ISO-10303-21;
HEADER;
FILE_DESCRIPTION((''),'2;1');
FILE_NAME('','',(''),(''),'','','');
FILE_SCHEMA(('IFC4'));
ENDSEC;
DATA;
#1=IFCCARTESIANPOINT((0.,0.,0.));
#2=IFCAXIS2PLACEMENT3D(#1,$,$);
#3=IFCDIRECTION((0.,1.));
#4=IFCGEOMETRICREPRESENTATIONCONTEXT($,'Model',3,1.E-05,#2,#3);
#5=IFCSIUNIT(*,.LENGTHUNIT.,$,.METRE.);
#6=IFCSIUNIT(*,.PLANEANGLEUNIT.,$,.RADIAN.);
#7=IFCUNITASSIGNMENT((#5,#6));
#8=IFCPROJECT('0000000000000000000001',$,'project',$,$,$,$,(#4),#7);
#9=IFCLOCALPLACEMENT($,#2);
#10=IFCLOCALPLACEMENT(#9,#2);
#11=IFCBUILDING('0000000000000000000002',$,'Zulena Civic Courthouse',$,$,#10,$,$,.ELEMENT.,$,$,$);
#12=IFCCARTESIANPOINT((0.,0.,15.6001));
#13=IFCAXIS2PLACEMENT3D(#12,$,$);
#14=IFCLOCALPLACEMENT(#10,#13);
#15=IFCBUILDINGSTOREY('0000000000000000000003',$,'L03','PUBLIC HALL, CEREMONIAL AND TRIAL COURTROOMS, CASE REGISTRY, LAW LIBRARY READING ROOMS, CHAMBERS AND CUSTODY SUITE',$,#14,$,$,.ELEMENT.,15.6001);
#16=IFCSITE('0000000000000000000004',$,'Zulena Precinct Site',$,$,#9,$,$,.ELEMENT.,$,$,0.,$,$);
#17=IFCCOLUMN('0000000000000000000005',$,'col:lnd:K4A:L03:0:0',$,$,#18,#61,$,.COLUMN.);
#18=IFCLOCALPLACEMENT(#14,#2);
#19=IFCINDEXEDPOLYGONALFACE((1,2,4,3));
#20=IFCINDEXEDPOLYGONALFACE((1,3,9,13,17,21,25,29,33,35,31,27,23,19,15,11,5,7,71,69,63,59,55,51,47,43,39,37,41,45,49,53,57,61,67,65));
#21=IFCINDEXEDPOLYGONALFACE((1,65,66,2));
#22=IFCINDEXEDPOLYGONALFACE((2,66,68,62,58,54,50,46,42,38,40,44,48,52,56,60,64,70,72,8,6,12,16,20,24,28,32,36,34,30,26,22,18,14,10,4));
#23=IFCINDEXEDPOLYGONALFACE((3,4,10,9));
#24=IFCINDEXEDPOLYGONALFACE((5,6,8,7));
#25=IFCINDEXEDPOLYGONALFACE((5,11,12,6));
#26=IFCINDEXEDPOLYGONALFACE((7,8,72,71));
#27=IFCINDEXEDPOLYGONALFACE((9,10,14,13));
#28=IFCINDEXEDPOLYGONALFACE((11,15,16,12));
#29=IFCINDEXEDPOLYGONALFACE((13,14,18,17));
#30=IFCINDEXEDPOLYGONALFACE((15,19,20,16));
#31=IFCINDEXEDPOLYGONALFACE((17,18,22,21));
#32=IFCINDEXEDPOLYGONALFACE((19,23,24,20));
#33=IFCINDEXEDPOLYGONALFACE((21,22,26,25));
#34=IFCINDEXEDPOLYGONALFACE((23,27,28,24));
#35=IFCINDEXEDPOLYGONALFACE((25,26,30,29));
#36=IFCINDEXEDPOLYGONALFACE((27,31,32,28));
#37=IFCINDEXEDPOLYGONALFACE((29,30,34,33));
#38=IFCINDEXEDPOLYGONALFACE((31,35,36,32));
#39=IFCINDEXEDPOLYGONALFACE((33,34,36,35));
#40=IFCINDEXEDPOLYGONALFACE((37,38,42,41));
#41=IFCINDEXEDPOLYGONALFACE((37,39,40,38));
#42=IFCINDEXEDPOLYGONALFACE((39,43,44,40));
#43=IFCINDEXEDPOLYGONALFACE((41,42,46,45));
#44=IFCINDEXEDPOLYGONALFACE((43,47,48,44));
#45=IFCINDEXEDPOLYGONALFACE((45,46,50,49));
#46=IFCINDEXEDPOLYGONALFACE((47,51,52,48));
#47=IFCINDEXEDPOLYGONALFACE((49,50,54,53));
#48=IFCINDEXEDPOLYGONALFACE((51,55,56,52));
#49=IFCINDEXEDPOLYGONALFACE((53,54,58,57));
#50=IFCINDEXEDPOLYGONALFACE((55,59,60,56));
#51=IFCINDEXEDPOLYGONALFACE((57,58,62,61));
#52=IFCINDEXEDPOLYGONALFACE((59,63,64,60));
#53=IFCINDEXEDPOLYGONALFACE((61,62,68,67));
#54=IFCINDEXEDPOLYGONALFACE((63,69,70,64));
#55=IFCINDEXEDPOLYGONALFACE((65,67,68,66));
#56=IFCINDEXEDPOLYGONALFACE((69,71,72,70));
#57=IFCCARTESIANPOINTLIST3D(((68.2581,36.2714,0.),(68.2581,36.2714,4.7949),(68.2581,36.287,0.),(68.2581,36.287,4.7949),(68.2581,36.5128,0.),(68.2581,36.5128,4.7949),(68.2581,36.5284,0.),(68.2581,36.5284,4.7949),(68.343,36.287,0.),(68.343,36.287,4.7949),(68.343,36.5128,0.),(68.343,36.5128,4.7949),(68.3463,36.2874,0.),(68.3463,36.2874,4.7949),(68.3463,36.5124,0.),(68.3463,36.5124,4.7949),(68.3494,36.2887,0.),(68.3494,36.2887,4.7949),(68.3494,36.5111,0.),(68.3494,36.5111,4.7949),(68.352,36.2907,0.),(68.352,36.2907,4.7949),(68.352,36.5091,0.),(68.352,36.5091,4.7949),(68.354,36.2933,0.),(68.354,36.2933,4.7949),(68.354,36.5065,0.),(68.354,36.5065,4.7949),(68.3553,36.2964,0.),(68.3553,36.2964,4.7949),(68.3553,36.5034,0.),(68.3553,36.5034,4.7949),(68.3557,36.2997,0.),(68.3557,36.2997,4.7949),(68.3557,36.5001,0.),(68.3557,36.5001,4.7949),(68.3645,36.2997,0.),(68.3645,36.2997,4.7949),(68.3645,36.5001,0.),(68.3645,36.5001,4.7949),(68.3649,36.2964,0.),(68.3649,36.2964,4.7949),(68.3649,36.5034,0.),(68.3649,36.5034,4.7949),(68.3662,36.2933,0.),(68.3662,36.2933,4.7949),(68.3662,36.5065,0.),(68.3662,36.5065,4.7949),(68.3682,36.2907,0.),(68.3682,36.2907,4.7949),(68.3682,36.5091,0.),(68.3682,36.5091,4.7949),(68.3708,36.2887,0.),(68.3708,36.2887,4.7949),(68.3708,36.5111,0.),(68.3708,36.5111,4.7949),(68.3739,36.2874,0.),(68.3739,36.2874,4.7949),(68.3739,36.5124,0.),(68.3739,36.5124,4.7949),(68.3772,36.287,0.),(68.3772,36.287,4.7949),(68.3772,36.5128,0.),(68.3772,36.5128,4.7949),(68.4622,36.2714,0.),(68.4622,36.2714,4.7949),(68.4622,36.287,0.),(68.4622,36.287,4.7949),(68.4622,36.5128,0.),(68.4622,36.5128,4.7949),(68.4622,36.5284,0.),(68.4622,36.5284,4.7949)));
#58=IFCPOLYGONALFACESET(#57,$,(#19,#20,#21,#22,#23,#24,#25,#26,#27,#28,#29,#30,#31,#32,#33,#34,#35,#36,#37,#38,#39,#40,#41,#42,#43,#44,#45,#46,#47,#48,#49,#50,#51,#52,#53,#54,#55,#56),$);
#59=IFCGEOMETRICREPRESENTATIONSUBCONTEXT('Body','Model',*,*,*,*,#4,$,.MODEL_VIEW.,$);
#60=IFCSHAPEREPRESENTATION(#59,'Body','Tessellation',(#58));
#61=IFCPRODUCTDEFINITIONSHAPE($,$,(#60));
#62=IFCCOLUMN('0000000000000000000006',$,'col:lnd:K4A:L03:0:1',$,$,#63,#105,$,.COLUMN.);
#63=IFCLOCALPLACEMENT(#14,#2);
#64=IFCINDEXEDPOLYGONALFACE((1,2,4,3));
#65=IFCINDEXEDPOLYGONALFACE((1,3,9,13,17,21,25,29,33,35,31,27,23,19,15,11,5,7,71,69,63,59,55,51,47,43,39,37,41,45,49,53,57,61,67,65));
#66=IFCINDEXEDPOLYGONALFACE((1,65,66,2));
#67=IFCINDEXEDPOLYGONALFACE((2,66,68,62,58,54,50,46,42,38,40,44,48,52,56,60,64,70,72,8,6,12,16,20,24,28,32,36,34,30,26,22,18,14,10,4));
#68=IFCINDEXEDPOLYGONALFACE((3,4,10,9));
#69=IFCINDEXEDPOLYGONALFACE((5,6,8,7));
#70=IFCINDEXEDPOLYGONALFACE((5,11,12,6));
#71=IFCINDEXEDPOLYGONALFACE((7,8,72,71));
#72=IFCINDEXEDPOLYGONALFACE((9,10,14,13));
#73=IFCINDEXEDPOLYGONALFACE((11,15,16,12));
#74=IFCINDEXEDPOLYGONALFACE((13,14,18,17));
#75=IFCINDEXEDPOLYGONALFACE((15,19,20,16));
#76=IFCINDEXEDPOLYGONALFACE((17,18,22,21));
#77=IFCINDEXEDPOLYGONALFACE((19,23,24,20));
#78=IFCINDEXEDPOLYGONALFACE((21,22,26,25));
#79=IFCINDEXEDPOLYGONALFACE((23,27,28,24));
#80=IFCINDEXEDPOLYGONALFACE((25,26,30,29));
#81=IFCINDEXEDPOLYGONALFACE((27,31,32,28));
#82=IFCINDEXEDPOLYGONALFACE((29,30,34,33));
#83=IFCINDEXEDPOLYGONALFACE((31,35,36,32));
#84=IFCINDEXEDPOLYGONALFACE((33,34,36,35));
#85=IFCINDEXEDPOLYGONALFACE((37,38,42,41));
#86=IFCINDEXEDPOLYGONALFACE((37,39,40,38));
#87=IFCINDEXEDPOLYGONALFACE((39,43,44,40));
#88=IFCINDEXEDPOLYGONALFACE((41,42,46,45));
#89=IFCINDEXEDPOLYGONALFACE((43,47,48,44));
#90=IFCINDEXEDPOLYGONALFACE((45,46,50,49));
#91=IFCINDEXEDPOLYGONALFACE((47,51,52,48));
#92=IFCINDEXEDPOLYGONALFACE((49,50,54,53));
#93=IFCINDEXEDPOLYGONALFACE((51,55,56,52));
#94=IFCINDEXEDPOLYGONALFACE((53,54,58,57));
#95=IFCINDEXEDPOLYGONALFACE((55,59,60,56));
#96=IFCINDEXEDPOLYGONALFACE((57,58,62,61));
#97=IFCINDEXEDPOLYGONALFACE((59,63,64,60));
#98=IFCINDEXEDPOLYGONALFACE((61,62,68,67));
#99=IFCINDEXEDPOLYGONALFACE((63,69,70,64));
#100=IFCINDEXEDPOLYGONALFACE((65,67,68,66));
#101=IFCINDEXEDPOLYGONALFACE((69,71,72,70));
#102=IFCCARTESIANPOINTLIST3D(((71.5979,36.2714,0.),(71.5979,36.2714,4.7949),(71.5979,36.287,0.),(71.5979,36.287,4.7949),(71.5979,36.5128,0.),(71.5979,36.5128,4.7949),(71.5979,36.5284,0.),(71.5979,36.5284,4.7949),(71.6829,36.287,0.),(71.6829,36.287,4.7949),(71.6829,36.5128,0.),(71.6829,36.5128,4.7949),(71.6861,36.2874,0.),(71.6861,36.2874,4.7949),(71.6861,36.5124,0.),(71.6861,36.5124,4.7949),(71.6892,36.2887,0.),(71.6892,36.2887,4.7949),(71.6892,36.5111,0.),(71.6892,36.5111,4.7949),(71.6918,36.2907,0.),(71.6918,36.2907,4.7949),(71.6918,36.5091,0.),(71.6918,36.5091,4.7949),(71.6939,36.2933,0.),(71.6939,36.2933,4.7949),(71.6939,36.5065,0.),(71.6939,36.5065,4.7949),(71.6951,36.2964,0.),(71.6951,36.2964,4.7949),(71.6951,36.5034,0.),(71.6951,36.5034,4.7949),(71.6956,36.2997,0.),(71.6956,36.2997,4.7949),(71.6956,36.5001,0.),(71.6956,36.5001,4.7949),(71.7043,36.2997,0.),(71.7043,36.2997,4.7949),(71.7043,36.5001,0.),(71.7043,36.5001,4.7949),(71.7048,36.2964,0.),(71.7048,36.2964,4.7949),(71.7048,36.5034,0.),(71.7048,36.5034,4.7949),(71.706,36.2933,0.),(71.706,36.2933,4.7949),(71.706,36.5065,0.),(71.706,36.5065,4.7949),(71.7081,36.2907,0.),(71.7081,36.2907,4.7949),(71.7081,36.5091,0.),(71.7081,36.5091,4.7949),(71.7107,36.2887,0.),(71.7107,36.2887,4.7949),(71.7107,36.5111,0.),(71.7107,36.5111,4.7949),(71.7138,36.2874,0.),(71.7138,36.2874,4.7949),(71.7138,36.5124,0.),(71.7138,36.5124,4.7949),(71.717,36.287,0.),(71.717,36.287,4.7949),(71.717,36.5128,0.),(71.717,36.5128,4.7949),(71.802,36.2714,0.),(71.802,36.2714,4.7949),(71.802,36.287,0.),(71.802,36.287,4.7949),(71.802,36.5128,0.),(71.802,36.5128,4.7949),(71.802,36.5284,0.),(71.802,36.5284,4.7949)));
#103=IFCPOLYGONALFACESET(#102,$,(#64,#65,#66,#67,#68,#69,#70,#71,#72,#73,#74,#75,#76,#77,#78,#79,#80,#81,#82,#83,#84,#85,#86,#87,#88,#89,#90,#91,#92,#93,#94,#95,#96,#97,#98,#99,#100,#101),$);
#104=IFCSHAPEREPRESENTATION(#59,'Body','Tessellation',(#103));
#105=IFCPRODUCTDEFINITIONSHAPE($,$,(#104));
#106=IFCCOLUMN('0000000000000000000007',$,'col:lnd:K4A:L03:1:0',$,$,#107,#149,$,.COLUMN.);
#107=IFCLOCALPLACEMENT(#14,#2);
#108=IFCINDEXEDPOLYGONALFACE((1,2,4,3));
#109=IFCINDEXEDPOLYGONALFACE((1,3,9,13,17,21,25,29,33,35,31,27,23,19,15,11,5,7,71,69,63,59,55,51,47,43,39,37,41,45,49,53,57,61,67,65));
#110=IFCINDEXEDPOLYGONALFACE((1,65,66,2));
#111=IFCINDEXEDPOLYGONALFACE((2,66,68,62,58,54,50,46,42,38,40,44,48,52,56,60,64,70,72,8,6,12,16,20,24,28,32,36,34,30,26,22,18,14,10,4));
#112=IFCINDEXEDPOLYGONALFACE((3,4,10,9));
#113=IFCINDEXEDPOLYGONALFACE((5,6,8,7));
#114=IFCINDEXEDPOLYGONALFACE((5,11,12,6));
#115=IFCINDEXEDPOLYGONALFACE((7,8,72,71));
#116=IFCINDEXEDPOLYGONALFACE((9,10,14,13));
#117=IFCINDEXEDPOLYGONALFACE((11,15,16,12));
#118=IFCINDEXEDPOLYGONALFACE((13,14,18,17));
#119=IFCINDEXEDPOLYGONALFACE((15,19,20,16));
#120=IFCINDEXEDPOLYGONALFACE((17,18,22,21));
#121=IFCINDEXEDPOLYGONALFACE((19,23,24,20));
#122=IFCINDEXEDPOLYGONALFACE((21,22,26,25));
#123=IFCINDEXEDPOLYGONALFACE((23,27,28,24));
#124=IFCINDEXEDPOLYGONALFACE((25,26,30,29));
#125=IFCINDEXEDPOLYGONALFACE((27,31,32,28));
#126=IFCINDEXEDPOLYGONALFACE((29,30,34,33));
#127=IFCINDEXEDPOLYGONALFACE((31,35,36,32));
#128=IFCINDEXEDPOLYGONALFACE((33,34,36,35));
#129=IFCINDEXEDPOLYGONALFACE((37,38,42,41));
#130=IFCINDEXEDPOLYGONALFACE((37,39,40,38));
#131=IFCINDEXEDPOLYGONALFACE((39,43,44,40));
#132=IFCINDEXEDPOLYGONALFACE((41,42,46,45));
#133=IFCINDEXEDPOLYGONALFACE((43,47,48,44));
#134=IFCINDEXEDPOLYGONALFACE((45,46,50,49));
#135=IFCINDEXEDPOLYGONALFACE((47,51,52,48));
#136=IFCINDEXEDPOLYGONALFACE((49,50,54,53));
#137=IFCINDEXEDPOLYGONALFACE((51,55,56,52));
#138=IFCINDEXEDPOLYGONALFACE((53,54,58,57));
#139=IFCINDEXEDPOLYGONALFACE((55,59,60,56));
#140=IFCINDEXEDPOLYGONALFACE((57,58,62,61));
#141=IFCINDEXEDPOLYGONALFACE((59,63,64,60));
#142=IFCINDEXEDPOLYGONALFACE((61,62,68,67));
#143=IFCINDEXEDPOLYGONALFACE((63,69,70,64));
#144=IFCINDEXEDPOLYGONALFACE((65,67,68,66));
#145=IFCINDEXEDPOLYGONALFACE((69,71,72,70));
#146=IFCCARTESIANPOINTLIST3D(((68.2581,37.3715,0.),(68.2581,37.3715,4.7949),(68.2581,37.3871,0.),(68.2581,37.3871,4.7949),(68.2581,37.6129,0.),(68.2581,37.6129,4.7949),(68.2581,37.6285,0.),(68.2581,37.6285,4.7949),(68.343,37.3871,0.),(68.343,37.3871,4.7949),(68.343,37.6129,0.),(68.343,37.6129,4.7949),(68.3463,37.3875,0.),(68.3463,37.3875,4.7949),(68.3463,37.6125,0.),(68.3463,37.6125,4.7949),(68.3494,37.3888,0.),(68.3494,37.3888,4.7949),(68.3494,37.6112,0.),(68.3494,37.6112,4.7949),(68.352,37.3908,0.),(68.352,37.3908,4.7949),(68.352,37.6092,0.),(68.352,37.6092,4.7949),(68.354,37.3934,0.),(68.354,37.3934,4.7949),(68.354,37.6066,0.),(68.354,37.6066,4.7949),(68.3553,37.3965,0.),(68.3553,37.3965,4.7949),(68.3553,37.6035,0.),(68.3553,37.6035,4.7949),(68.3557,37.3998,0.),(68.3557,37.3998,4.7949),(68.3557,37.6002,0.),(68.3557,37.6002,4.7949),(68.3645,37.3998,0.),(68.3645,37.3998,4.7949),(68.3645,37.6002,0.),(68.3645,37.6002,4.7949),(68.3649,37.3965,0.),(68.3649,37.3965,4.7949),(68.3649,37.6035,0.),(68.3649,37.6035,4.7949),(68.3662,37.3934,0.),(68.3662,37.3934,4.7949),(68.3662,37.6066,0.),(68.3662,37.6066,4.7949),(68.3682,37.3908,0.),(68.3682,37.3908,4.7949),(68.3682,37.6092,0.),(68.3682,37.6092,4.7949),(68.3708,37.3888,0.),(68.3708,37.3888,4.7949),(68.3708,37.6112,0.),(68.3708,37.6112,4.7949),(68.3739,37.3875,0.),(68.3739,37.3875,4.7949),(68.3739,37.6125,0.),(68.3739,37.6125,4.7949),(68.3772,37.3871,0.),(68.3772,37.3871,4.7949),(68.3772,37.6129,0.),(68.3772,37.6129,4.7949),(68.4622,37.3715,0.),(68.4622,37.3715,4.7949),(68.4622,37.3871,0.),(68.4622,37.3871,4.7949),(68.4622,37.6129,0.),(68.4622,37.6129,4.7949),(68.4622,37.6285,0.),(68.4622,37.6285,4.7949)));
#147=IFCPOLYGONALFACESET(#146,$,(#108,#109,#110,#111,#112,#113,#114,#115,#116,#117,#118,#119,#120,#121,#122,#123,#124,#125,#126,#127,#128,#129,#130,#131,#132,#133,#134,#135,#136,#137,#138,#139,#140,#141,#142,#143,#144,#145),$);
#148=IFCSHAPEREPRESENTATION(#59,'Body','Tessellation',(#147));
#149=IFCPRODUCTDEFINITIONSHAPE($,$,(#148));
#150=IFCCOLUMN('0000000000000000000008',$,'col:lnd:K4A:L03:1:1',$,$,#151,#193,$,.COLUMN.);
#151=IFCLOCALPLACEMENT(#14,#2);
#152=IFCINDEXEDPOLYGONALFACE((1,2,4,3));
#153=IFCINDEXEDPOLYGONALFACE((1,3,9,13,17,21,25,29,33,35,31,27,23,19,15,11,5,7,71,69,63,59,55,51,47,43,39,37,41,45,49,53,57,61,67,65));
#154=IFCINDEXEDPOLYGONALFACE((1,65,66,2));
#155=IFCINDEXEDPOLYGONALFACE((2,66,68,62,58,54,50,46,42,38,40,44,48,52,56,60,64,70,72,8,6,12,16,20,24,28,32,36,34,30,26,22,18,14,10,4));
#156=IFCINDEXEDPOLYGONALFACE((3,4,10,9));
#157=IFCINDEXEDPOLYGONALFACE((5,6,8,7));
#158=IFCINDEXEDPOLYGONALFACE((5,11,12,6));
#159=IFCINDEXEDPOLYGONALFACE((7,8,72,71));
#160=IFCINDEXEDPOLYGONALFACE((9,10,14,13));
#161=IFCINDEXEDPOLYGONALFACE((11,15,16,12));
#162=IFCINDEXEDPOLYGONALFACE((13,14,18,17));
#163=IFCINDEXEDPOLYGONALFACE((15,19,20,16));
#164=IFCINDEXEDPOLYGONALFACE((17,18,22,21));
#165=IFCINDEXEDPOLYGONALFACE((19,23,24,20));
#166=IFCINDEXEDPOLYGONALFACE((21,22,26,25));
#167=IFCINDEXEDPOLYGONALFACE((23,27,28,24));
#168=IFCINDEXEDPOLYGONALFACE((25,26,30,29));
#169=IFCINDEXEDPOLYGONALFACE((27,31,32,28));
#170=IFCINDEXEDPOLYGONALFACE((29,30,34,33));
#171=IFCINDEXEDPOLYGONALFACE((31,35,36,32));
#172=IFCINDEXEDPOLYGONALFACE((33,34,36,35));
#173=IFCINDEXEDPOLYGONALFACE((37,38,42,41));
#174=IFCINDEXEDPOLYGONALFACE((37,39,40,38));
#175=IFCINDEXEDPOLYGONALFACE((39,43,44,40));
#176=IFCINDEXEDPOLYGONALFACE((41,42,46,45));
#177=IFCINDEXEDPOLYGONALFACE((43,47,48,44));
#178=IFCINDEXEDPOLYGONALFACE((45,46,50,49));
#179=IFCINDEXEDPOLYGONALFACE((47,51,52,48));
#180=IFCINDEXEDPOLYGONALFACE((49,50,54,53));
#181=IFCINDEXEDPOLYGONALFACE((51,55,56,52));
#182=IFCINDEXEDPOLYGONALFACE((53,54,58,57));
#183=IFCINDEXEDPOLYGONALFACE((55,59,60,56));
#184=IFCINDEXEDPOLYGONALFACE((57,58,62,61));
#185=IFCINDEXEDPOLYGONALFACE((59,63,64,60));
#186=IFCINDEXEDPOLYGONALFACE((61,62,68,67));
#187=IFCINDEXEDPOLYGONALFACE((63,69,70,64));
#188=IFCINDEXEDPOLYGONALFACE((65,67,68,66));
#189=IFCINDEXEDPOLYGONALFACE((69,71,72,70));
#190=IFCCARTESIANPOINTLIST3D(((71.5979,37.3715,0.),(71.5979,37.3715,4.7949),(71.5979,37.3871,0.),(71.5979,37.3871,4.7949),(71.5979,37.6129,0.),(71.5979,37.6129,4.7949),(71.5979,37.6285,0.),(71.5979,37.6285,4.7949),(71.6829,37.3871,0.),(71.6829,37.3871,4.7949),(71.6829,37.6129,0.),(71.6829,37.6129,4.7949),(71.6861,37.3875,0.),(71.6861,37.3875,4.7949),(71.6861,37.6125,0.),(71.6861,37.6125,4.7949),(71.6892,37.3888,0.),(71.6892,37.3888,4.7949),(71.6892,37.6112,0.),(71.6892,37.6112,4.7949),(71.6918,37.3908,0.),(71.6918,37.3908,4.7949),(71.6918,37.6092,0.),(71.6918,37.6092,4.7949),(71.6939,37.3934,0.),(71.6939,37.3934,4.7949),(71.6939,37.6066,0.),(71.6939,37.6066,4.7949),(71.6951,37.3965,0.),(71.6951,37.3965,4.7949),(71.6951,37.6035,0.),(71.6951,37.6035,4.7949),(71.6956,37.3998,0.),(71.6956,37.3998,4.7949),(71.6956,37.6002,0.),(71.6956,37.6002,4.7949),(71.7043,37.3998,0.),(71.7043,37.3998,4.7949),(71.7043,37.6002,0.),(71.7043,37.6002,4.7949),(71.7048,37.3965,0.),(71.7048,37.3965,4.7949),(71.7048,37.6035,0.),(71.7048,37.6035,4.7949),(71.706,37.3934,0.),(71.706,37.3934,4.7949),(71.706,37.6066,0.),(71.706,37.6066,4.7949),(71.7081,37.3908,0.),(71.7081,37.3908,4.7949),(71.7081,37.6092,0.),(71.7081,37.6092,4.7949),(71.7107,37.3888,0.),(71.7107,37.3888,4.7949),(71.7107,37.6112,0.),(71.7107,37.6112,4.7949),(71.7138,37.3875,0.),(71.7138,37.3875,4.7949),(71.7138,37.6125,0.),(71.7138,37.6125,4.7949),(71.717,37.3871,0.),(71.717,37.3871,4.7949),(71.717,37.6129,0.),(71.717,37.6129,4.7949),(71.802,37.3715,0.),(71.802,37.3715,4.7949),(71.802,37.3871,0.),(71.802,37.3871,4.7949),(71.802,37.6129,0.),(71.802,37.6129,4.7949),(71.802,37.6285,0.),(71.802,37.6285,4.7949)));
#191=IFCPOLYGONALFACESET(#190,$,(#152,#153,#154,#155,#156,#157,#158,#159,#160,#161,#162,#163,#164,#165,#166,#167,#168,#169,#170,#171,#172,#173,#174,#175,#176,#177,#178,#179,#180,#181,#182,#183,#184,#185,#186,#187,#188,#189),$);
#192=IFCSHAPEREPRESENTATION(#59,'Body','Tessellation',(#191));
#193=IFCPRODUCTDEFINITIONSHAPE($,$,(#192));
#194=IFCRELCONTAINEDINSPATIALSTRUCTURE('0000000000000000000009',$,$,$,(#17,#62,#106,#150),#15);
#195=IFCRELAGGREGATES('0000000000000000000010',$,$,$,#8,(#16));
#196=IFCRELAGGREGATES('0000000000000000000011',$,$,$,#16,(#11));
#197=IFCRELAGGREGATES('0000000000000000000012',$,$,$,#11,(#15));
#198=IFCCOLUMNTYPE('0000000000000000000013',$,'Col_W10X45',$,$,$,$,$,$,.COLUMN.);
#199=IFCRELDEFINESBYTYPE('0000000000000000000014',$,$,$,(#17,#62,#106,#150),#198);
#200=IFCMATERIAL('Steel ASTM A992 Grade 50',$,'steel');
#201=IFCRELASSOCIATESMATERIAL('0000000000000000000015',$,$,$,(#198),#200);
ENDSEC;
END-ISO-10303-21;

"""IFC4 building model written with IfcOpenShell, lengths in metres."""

from ifc_helpers import new_model, si_unit, direction, frame, origin, origin_2d, place, context, subcontext, project, spatial, i_section, extrude, material, material_profile, profile_set, type_object, element, save


model = new_model("IFC4")

# Units and contexts
model_context = context("Model", 3, precision=1e-05, world=origin(), true_north=direction((0.0, 1.0)))
body_context = subcontext(model_context, "Body", "Model", "MODEL_VIEW")
ifc_project = project(units=[si_unit("LENGTHUNIT", "METRE"), si_unit("PLANEANGLEUNIT", "RADIAN")], contexts=[model_context])

# Site, building, storey
site_placement = place(None, origin())
site = spatial("IfcSite", under=ifc_project, at=site_placement, Name="Zulena Precinct Site", CompositionType="ELEMENT", RefElevation=0.0)
building_placement = place(site_placement, origin())
building = spatial("IfcBuilding", under=site, at=building_placement, Name="Zulena Civic Courthouse", CompositionType="ELEMENT")
storey_placement = place(building_placement, frame((0.0, 0.0, 15.6001)))
storey = spatial("IfcBuildingStorey", under=building, at=storey_placement, Name="L03", Description="PUBLIC HALL, CEREMONIAL AND TRIAL COURTROOMS, CASE REGISTRY, LAW LIBRARY READING ROOMS, CHAMBERS AND CUSTODY SUITE", CompositionType="ELEMENT", Elevation=15.6001)

# Columns
ifc_material_1 = material(Name="Steel ASTM A992 Grade 50", Category="steel")
ifc_material_profile_1 = material_profile(ifc_material_1, i_section(OverallWidth=0.2041, OverallDepth=0.2571, WebThickness=0.0088, FlangeThickness=0.0156, FilletRadius=0.0127, at=origin_2d()), Name="W10X45")
ifc_profile_set_1 = profile_set([ifc_material_profile_1], Name="Steel ASTM A992 Grade 50")
column_type_1 = type_object("IfcColumnType", Name="Col_W10X45", PredefinedType="COLUMN", material=ifc_profile_set_1)
for number, where, z_axis, x_axis, name in (
    (1, (68.3601, 36.3999, 0.0), (0.0, 0.0, 1.0), (1.0, 0.0, 0.0), "col:lnd:K4A:L03:0:0"),
    (2, (71.7, 36.3999, 0.0), (0.0, 0.0, 1.0), (1.0, 0.0, 0.0), "col:lnd:K4A:L03:0:1"),
    (3, (68.3601, 37.5, 0.0), (0.0, 0.0, 1.0), (1.0, 0.0, 0.0), "col:lnd:K4A:L03:1:0"),
    (4, (71.7, 37.5, 0.0), (0.0, 0.0, 1.0), (1.0, 0.0, 0.0), "col:lnd:K4A:L03:1:1"),
):
    element("IfcColumn", number, at=place(storey_placement, frame(where, z_axis=z_axis, x_axis=x_axis)), inside=storey, type_object=column_type_1, Name=name, PredefinedType="COLUMN", context=body_context, shape_type="SweptSolid", body=[
        extrude(i_section(OverallWidth=0.2041, OverallDepth=0.2571, WebThickness=0.0088, FlangeThickness=0.0156, FilletRadius=0.0127, at=origin_2d()), origin(), (0.0, 0.0, 1.0), 4.7949),
    ])

save(model, "model.ifc")
